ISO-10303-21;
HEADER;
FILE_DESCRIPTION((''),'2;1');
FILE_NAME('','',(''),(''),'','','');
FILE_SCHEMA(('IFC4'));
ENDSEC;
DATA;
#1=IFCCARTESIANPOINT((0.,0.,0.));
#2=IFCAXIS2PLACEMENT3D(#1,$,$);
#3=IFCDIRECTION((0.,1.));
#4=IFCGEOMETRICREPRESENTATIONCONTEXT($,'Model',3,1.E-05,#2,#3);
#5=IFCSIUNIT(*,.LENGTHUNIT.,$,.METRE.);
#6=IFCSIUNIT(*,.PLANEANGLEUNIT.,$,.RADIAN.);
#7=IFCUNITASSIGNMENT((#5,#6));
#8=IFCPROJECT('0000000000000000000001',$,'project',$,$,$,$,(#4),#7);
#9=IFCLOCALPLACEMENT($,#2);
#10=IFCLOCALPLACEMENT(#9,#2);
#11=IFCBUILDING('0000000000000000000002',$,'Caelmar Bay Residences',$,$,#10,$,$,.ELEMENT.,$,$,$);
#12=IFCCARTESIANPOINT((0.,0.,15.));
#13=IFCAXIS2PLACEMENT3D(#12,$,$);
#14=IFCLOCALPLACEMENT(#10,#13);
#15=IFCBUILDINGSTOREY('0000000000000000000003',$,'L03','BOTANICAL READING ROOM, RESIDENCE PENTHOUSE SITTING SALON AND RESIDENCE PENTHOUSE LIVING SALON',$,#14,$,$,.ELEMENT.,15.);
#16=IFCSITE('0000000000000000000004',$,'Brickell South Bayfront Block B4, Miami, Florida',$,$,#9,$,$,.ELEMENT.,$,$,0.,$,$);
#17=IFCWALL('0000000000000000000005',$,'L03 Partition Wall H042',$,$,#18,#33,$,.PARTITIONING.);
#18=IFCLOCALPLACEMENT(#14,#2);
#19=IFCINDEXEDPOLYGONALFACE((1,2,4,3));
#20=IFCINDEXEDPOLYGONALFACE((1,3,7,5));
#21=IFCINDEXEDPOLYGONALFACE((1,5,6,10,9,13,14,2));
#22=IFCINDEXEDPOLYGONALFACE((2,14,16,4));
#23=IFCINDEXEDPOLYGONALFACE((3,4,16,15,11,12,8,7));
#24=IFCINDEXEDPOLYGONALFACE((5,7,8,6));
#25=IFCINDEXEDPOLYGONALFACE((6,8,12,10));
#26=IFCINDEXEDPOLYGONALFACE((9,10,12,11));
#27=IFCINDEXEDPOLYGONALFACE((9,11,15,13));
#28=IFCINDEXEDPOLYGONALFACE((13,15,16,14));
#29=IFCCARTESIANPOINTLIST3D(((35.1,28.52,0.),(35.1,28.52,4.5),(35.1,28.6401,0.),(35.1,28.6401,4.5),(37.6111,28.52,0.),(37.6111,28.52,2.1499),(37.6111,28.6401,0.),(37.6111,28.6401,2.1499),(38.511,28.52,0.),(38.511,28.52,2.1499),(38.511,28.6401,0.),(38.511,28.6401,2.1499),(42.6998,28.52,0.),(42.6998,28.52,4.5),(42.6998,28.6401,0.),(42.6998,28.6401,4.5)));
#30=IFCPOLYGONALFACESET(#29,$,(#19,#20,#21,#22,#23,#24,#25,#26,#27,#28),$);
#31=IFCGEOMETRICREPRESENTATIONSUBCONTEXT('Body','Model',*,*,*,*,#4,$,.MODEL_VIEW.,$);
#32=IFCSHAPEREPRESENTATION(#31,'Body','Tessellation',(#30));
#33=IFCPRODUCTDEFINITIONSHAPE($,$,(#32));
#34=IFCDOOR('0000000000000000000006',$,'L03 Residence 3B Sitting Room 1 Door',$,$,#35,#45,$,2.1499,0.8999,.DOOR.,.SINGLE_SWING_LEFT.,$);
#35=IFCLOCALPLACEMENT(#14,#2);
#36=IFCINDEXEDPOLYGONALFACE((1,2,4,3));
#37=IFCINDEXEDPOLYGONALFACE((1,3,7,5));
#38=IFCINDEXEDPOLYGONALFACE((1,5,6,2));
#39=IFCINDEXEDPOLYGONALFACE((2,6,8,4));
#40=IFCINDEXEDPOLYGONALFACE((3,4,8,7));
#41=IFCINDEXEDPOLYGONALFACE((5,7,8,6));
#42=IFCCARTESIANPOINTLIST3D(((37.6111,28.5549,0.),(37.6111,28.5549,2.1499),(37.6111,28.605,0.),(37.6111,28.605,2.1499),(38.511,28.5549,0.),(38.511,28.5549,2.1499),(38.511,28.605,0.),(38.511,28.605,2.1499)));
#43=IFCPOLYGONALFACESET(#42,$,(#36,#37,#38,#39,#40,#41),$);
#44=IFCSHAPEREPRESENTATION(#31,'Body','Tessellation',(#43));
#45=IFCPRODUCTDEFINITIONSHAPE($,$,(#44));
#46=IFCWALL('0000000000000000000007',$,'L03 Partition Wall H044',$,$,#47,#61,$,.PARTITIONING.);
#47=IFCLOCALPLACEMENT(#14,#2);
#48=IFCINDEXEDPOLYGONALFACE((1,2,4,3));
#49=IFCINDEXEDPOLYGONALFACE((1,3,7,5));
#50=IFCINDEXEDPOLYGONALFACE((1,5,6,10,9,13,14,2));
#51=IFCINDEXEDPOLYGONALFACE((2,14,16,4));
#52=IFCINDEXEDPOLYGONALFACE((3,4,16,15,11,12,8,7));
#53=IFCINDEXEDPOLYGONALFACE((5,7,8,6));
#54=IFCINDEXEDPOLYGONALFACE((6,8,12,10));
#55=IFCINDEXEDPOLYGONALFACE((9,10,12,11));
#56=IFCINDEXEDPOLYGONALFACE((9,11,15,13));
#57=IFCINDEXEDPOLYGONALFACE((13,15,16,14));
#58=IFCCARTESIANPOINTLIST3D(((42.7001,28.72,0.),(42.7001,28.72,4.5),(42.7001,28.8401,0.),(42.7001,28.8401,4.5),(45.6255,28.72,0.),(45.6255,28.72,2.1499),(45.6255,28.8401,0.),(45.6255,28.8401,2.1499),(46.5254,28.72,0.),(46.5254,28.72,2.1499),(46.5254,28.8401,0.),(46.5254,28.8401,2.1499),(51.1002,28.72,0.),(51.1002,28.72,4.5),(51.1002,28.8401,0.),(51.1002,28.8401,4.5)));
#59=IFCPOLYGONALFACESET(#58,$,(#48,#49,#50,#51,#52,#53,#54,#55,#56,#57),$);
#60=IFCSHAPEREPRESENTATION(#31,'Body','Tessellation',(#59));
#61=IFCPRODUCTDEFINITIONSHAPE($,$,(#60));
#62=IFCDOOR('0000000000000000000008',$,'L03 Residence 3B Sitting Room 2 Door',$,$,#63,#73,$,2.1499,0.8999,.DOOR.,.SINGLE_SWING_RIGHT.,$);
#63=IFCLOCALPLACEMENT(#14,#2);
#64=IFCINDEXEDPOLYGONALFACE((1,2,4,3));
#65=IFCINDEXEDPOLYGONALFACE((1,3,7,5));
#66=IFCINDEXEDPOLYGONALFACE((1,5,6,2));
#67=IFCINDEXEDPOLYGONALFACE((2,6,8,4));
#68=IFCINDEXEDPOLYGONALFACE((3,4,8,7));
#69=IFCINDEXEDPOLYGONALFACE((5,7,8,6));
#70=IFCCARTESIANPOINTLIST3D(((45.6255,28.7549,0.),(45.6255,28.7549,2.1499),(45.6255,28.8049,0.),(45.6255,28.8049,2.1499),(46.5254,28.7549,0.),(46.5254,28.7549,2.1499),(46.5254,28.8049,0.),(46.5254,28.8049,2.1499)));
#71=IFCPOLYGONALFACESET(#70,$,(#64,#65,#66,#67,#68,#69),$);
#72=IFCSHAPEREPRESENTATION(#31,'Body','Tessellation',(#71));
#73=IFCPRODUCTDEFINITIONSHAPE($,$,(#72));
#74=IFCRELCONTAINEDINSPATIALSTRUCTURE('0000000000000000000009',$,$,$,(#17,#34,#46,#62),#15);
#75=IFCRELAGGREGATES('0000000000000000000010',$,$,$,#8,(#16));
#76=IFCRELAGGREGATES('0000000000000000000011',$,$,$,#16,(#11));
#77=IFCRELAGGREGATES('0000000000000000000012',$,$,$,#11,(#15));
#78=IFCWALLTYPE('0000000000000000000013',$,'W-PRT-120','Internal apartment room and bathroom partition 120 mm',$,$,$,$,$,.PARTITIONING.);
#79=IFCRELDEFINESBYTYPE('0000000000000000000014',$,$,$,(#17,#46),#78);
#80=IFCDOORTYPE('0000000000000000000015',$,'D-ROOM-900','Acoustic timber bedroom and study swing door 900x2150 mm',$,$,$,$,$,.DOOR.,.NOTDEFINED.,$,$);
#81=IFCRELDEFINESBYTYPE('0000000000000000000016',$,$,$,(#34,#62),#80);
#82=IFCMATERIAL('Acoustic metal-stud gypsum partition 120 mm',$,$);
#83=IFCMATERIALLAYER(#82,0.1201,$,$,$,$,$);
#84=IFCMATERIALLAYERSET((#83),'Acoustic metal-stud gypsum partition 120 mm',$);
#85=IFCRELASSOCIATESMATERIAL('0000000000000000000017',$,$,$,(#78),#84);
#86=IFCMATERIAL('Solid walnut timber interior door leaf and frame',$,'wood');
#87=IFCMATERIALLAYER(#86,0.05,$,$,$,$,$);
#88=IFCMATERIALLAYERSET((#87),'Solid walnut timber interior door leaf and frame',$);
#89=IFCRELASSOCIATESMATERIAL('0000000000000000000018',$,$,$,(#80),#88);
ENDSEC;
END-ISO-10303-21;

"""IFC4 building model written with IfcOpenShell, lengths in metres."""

from ifc_helpers import new_model, si_unit, direction, frame, frame_2d, origin, place, context, subcontext, project, spatial, rectangle, extrude, material, layer, layer_set, type_object, element, fill, save


model = new_model("IFC4")

# Units and contexts
model_context = context("Model", 3, precision=1e-05, world=origin(), true_north=direction((0.0, 1.0)))
body_context = subcontext(model_context, "Body", "Model", "MODEL_VIEW")
ifc_project = project(units=[si_unit("LENGTHUNIT", "METRE"), si_unit("PLANEANGLEUNIT", "RADIAN")], contexts=[model_context])

# Site, building, storey
site_placement = place(None, origin())
site = spatial("IfcSite", under=ifc_project, at=site_placement, Name="Brickell South Bayfront Block B4, Miami, Florida", CompositionType="ELEMENT", RefElevation=0.0)
building_placement = place(site_placement, origin())
building = spatial("IfcBuilding", under=site, at=building_placement, Name="Caelmar Bay Residences", CompositionType="ELEMENT")
storey_placement = place(building_placement, frame((0.0, 0.0, 15.0)))
storey = spatial("IfcBuildingStorey", under=building, at=storey_placement, Name="L03", Description="BOTANICAL READING ROOM, RESIDENCE PENTHOUSE SITTING SALON AND RESIDENCE PENTHOUSE LIVING SALON", CompositionType="ELEMENT", Elevation=15.0)

# Walls, openings, doors
ifc_material_1 = material(Name="Acoustic metal-stud gypsum partition 120 mm")
ifc_layer_1 = layer(ifc_material_1, 0.1201)
ifc_layer_set_1 = layer_set([ifc_layer_1], Name="Acoustic metal-stud gypsum partition 120 mm")
wall_type_1 = type_object("IfcWallType", Name="W-PRT-120", Description="Internal apartment room and bathroom partition 120 mm", PredefinedType="PARTITIONING", material=ifc_layer_set_1)
ifc_material_2 = material(Name="Solid walnut timber interior door leaf and frame", Category="wood")
ifc_layer_2 = layer(ifc_material_2, 0.05)
ifc_layer_set_2 = layer_set([ifc_layer_2], Name="Solid walnut timber interior door leaf and frame")
door_type_1 = type_object("IfcDoorType", Name="D-ROOM-900", Description="Acoustic timber bedroom and study swing door 900x2150 mm", OperationType="NOTDEFINED", PredefinedType="DOOR", material=ifc_layer_set_2)
wall_1_placement = place(storey_placement, frame((35.1001, 28.5801, 0.0), z_axis=(0.0, 0.0, 1.0), x_axis=(1.0, 0.0, 0.0)))
wall_1 = element("IfcWall", 1, at=wall_1_placement, inside=storey, type_object=wall_type_1, Name="L03 Partition Wall H042", PredefinedType="PARTITIONING", context=body_context, shape_type="SweptSolid", body=[
    extrude(rectangle(XDim=7.5999, YDim=0.1201, at=frame_2d((3.7998, 0.0))), origin(), (0.0, 0.0, 1.0), 4.5),
])
opening_1_placement = place(wall_1_placement, frame((2.511, 0.0, 0.0)))
opening_1 = element("IfcOpeningElement", 2, at=opening_1_placement, cuts=wall_1, PredefinedType="OPENING", context=body_context, shape_type="SweptSolid", body=[
    extrude(rectangle(XDim=0.8999, YDim=2.1499, at=frame_2d((0.45, 1.075))), frame((0.0, 0.0701, 0.0), z_axis=(0.0, -1.0, 0.0), x_axis=(1.0, 0.0, 0.0)), (0.0, 0.0, 1.0), 0.1401),
])
door_1_placement = place(opening_1_placement, origin())
door_1 = element("IfcDoor", 3, at=door_1_placement, inside=storey, type_object=door_type_1, Name="L03 Residence 3B Sitting Room 1 Door", OperationType="SINGLE_SWING_LEFT", OverallHeight=2.1499, OverallWidth=0.8999, PredefinedType="DOOR", context=body_context, shape_type="SweptSolid", body=[
    extrude(rectangle(XDim=0.8999, YDim=2.1499, at=frame_2d((0.45, 1.075))), frame((0.0, 0.0249, 0.0), z_axis=(0.0, -1.0, 0.0), x_axis=(1.0, 0.0, 0.0)), (0.0, 0.0, 1.0), 0.05),
])
fill(opening_1, door_1)
wall_2_placement = place(storey_placement, frame((42.7, 28.78, 0.0), z_axis=(0.0, 0.0, 1.0), x_axis=(1.0, 0.0, 0.0)))
wall_2 = element("IfcWall", 4, at=wall_2_placement, inside=storey, type_object=wall_type_1, Name="L03 Partition Wall H044", PredefinedType="PARTITIONING", context=body_context, shape_type="SweptSolid", body=[
    extrude(rectangle(XDim=8.4001, YDim=0.1201, at=frame_2d((4.2002, 0.0))), origin(), (0.0, 0.0, 1.0), 4.5),
])
opening_2_placement = place(wall_2_placement, frame((2.9255, 0.0, 0.0)))
opening_2 = element("IfcOpeningElement", 5, at=opening_2_placement, cuts=wall_2, PredefinedType="OPENING", context=body_context, shape_type="SweptSolid", body=[
    extrude(rectangle(XDim=0.8999, YDim=2.1499, at=frame_2d((0.45, 1.075))), frame((0.0, 0.0701, 0.0), z_axis=(0.0, -1.0, 0.0), x_axis=(1.0, 0.0, 0.0)), (0.0, 0.0, 1.0), 0.1401),
])
door_2_placement = place(opening_2_placement, origin())
door_2 = element("IfcDoor", 6, at=door_2_placement, inside=storey, type_object=door_type_1, Name="L03 Residence 3B Sitting Room 2 Door", OperationType="SINGLE_SWING_RIGHT", OverallHeight=2.1499, OverallWidth=0.8999, PredefinedType="DOOR", context=body_context, shape_type="SweptSolid", body=[
    extrude(rectangle(XDim=0.8999, YDim=2.1499, at=frame_2d((0.45, 1.075))), frame((0.0, 0.0249, 0.0), z_axis=(0.0, -1.0, 0.0), x_axis=(1.0, 0.0, 0.0)), (0.0, 0.0, 1.0), 0.05),
])
fill(opening_2, door_2)

save(model, "model.ifc")
